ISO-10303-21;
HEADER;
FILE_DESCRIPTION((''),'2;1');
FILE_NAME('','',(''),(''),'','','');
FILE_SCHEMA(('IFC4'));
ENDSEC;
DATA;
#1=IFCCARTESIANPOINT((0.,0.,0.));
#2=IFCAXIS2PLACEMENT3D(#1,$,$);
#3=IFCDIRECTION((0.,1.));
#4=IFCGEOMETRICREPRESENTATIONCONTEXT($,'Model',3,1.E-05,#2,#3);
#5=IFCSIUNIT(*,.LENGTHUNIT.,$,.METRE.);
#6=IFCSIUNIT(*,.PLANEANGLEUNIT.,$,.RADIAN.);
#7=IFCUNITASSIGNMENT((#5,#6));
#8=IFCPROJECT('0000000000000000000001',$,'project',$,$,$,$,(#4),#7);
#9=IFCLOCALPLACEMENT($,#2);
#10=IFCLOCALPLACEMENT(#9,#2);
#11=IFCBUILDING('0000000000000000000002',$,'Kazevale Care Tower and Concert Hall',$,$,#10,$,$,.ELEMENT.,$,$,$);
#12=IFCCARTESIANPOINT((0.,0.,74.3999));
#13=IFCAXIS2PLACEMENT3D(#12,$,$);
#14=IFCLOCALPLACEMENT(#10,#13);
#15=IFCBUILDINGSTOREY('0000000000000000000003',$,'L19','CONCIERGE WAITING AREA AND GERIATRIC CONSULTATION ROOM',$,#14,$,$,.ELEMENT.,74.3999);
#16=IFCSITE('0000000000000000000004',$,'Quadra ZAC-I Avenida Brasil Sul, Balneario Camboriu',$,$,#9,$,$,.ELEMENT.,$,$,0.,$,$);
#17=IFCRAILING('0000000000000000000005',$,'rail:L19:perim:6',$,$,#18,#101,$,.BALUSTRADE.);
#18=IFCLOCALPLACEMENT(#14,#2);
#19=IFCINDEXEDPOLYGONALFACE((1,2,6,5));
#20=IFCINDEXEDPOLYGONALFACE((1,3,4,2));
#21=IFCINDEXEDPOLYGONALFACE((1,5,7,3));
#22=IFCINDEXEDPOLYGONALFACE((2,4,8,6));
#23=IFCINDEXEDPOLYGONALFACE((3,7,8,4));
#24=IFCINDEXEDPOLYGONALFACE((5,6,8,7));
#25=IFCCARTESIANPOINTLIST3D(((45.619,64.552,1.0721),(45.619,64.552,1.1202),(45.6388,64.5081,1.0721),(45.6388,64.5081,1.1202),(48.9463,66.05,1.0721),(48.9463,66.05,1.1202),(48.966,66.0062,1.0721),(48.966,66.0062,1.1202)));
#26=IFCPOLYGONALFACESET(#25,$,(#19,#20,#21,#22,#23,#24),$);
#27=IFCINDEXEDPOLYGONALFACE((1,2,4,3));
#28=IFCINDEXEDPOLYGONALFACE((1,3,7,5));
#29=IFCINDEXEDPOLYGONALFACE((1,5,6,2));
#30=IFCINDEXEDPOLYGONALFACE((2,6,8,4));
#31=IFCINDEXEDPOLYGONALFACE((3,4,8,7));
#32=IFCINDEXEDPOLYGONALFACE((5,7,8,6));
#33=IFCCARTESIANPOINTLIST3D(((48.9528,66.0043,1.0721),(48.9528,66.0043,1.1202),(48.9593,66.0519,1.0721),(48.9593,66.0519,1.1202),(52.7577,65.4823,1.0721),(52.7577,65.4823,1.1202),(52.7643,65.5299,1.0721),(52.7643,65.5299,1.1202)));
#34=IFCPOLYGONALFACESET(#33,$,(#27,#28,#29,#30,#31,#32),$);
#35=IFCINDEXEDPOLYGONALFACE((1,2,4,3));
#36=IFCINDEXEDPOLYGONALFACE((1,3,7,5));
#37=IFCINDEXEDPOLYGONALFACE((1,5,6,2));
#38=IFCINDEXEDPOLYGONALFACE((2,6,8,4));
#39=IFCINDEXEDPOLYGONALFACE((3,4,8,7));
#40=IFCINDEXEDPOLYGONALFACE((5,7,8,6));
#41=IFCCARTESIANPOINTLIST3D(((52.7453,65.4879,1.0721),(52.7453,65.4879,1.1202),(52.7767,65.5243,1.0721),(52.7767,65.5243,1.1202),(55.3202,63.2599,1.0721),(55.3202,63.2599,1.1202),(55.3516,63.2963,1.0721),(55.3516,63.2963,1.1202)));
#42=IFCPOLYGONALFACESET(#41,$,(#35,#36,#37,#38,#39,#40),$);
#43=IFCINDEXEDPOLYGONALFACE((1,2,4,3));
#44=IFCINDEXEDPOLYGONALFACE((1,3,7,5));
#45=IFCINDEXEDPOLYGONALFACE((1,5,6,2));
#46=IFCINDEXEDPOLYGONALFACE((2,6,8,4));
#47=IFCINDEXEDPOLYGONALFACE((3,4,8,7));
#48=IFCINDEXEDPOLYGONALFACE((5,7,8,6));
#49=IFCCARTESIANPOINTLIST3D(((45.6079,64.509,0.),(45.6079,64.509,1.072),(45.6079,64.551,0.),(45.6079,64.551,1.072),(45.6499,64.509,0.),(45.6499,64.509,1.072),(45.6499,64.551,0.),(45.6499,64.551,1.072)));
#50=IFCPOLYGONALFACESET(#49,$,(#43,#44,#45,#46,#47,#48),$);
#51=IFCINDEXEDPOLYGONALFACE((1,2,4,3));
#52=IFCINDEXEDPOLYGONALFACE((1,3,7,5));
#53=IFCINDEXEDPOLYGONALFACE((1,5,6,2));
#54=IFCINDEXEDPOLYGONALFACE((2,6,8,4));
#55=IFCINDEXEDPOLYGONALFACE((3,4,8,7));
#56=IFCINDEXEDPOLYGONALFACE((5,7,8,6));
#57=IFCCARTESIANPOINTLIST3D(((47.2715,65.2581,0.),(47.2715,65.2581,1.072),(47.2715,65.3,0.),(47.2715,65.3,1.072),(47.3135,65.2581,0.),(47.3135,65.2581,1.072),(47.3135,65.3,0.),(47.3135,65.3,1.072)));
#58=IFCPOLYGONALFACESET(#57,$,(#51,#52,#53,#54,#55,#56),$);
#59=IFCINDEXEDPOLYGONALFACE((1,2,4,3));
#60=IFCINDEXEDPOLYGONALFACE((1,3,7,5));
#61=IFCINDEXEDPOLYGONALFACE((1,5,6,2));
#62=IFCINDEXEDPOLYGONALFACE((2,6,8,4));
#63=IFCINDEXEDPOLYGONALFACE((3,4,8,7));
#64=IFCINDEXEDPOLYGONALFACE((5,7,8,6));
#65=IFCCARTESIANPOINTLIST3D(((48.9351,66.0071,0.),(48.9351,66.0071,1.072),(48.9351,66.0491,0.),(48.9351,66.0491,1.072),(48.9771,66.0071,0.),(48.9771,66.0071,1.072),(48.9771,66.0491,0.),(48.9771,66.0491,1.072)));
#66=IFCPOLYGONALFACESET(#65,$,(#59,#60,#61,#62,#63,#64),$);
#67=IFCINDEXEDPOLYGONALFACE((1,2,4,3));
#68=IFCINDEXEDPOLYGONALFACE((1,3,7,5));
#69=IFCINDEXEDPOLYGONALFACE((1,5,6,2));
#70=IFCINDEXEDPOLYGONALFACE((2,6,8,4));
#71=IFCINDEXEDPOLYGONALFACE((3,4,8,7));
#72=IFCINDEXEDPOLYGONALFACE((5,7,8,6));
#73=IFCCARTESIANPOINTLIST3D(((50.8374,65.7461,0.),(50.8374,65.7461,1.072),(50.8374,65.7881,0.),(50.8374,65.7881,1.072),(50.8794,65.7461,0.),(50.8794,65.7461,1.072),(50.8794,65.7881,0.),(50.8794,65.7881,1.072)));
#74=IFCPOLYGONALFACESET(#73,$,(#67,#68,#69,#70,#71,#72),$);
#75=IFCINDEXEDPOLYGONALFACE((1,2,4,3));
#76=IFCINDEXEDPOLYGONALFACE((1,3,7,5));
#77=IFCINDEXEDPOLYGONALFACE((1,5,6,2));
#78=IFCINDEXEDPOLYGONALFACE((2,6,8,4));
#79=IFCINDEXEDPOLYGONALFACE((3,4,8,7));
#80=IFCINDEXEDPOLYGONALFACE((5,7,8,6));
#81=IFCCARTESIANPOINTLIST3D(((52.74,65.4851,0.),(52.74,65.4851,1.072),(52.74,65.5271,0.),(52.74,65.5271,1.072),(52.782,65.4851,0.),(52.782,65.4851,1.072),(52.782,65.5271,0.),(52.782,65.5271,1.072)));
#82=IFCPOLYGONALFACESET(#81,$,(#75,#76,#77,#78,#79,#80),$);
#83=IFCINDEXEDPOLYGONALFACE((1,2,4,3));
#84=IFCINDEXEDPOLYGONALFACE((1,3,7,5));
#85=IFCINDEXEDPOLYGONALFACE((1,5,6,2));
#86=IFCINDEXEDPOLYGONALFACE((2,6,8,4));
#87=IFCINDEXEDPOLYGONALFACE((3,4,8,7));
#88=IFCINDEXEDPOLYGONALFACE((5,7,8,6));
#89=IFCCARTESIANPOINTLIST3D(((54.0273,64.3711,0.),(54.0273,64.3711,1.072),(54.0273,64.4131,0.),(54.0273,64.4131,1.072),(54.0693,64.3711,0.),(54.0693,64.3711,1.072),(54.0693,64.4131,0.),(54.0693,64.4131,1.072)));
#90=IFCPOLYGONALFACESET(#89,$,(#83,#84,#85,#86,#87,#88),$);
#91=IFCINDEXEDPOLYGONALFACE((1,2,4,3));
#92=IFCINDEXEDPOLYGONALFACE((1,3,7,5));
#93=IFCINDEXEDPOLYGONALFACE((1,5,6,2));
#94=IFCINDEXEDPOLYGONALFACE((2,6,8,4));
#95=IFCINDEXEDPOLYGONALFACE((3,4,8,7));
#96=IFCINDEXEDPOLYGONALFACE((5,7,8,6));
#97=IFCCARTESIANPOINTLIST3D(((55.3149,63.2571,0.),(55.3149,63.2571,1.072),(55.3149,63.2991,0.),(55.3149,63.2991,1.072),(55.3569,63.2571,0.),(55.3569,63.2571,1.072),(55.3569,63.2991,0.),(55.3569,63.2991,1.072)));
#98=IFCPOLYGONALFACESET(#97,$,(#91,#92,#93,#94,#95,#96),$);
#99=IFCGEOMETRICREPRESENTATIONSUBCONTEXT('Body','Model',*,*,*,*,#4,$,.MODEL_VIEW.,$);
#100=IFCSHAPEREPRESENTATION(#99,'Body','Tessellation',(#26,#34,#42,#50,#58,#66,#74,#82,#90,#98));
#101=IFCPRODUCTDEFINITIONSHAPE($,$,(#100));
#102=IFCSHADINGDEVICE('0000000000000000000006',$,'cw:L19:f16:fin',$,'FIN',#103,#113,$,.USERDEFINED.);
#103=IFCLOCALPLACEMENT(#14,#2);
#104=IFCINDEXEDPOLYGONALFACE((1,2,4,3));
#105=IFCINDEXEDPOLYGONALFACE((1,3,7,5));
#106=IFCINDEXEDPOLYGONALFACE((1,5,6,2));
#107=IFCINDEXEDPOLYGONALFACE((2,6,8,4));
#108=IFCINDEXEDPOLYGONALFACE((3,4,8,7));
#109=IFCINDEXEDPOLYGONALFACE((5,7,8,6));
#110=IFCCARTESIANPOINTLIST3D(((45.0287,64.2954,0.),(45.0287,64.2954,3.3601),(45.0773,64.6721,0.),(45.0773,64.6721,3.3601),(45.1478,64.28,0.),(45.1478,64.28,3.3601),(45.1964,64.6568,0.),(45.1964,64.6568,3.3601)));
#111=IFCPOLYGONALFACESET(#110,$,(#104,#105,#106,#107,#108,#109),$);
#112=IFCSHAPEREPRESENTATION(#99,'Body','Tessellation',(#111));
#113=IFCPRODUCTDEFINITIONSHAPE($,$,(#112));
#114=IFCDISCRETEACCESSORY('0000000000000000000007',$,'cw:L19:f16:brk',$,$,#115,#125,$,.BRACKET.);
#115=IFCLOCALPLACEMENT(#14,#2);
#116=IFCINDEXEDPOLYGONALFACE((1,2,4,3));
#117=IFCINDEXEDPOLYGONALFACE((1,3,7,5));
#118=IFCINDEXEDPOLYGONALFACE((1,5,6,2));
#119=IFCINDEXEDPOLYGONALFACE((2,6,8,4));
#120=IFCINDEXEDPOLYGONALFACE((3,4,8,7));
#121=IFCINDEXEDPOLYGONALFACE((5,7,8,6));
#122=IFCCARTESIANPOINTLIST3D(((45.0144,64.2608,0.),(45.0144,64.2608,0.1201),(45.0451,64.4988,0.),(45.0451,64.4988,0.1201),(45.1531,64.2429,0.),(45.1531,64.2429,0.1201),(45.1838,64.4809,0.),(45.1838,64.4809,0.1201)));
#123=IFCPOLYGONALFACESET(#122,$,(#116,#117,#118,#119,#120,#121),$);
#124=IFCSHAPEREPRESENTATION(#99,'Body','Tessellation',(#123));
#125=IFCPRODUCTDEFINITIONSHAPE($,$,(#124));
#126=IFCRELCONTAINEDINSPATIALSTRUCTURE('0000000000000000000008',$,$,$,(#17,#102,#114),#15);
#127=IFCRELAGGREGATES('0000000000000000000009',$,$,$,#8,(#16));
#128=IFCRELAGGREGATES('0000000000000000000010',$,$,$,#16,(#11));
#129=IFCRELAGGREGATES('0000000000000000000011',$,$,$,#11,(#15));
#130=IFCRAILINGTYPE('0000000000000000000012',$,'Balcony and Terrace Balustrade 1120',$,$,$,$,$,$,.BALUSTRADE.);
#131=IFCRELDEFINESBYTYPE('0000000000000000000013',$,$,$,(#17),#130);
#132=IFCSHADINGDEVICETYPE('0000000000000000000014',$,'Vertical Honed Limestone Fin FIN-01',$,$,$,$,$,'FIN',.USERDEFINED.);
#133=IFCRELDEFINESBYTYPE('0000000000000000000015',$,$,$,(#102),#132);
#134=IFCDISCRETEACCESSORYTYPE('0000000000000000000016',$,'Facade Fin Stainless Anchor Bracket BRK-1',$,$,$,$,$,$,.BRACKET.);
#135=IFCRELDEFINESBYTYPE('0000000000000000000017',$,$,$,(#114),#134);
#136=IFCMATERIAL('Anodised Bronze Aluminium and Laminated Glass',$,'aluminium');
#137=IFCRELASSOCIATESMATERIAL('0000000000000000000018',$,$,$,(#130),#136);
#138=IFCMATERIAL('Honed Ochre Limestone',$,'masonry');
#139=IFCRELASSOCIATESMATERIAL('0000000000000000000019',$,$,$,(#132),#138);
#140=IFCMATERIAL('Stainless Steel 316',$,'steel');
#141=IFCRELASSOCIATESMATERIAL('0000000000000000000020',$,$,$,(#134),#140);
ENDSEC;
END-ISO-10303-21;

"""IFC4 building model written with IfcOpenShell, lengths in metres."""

from ifc_helpers import new_model, si_unit, direction, frame, origin, origin_2d, place, context, subcontext, project, spatial, rectangle, extrude, material, type_object, element, save


model = new_model("IFC4")

# Units and contexts
model_context = context("Model", 3, precision=1e-05, world=origin(), true_north=direction((0.0, 1.0)))
body_context = subcontext(model_context, "Body", "Model", "MODEL_VIEW")
ifc_project = project(units=[si_unit("LENGTHUNIT", "METRE"), si_unit("PLANEANGLEUNIT", "RADIAN")], contexts=[model_context])

# Site, building, storey
site_placement = place(None, origin())
site = spatial("IfcSite", under=ifc_project, at=site_placement, Name="Quadra ZAC-I Avenida Brasil Sul, Balneario Camboriu", CompositionType="ELEMENT", RefElevation=0.0)
building_placement = place(site_placement, origin())
building = spatial("IfcBuilding", under=site, at=building_placement, Name="Kazevale Care Tower and Concert Hall", CompositionType="ELEMENT")
storey_placement = place(building_placement, frame((0.0, 0.0, 74.3999)))
storey = spatial("IfcBuildingStorey", under=building, at=storey_placement, Name="L19", Description="CONCIERGE WAITING AREA AND GERIATRIC CONSULTATION ROOM", CompositionType="ELEMENT", Elevation=74.3999)

# Railing
ifc_material_1 = material(Name="Anodised Bronze Aluminium and Laminated Glass", Category="aluminium")
railing_type = type_object("IfcRailingType", Name="Balcony and Terrace Balustrade 1120", PredefinedType="BALUSTRADE", material=ifc_material_1)
railing_placement = place(storey_placement, frame((45.6289, 64.53, 0.0)))
element("IfcRailing", 1, at=railing_placement, inside=storey, type_object=railing_type, Name="rail:L19:perim:6", PredefinedType="BALUSTRADE", context=body_context, shape_type="SweptSolid", body=[
    extrude(rectangle(XDim=0.0481, YDim=0.0481, at=origin_2d()), frame((0.0, 0.0, 1.0962), z_axis=(0.911836, 0.410554, 0.0), x_axis=(-0.410554, 0.911836, 0.0)), (0.0, 0.0, 1.0), 3.6489),
    extrude(rectangle(XDim=0.0481, YDim=0.0481, at=origin_2d()), frame((3.3271, 1.498, 1.0962), z_axis=(0.990721, -0.13591, 0.0), x_axis=(0.13591, 0.990721, 0.0)), (0.0, 0.0, 1.0), 3.8406),
    extrude(rectangle(XDim=0.0481, YDim=0.0481, at=origin_2d()), frame((7.1321, 0.9761, 1.0962), z_axis=(0.756212, -0.654327, 0.0), x_axis=(0.654327, 0.756212, 0.0)), (0.0, 0.0, 1.0), 3.405),
    extrude(rectangle(XDim=0.042, YDim=0.042, at=origin_2d()), origin(), (0.0, 0.0, 1.0), 1.072),
    extrude(rectangle(XDim=0.042, YDim=0.042, at=origin_2d()), frame((1.6636, 0.749, 0.0)), (0.0, 0.0, 1.0), 1.072),
    extrude(rectangle(XDim=0.042, YDim=0.042, at=origin_2d()), frame((3.3271, 1.498, 0.0)), (0.0, 0.0, 1.0), 1.072),
    extrude(rectangle(XDim=0.042, YDim=0.042, at=origin_2d()), frame((5.2295, 1.2371, 0.0)), (0.0, 0.0, 1.0), 1.072),
    extrude(rectangle(XDim=0.042, YDim=0.042, at=origin_2d()), frame((7.1321, 0.9761, 0.0)), (0.0, 0.0, 1.0), 1.072),
    extrude(rectangle(XDim=0.042, YDim=0.042, at=origin_2d()), frame((8.4194, -0.1379, 0.0)), (0.0, 0.0, 1.0), 1.072),
    extrude(rectangle(XDim=0.042, YDim=0.042, at=origin_2d()), frame((9.707, -1.252, 0.0)), (0.0, 0.0, 1.0), 1.072),
])

# Shading device
ifc_material_2 = material(Name="Honed Ochre Limestone", Category="masonry")
shading_device_type = type_object("IfcShadingDeviceType", Name="Vertical Honed Limestone Fin FIN-01", ElementType="FIN", PredefinedType="USERDEFINED", material=ifc_material_2)
shading_device_placement = place(storey_placement, frame((45.1125, 64.4761, 0.0), z_axis=(0.0, 0.0, 1.0), x_axis=(0.12793, 0.991783, 0.0)))
element("IfcShadingDevice", 2, at=shading_device_placement, inside=storey, type_object=shading_device_type, Name="cw:L19:f16:fin", ObjectType="FIN", PredefinedType="USERDEFINED", context=body_context, shape_type="SweptSolid", body=[
    extrude(rectangle(XDim=0.3799, YDim=0.1201, at=origin_2d()), origin(), (0.0, 0.0, 1.0), 3.3601),
])

# Discrete accessory
ifc_material_3 = material(Name="Stainless Steel 316", Category="steel")
discrete_accessory_type = type_object("IfcDiscreteAccessoryType", Name="Facade Fin Stainless Anchor Bracket BRK-1", PredefinedType="BRACKET", material=ifc_material_3)
discrete_accessory_placement = place(storey_placement, frame((45.0991, 64.3708, 0.0), z_axis=(0.0, 0.0, 1.0), x_axis=(0.12793, 0.991783, 0.0)))
element("IfcDiscreteAccessory", 3, at=discrete_accessory_placement, inside=storey, type_object=discrete_accessory_type, Name="cw:L19:f16:brk", PredefinedType="BRACKET", context=body_context, shape_type="SweptSolid", body=[
    extrude(rectangle(XDim=0.24, YDim=0.1399, at=origin_2d()), origin(), (0.0, 0.0, 1.0), 0.1201),
])

save(model, "model.ifc")
